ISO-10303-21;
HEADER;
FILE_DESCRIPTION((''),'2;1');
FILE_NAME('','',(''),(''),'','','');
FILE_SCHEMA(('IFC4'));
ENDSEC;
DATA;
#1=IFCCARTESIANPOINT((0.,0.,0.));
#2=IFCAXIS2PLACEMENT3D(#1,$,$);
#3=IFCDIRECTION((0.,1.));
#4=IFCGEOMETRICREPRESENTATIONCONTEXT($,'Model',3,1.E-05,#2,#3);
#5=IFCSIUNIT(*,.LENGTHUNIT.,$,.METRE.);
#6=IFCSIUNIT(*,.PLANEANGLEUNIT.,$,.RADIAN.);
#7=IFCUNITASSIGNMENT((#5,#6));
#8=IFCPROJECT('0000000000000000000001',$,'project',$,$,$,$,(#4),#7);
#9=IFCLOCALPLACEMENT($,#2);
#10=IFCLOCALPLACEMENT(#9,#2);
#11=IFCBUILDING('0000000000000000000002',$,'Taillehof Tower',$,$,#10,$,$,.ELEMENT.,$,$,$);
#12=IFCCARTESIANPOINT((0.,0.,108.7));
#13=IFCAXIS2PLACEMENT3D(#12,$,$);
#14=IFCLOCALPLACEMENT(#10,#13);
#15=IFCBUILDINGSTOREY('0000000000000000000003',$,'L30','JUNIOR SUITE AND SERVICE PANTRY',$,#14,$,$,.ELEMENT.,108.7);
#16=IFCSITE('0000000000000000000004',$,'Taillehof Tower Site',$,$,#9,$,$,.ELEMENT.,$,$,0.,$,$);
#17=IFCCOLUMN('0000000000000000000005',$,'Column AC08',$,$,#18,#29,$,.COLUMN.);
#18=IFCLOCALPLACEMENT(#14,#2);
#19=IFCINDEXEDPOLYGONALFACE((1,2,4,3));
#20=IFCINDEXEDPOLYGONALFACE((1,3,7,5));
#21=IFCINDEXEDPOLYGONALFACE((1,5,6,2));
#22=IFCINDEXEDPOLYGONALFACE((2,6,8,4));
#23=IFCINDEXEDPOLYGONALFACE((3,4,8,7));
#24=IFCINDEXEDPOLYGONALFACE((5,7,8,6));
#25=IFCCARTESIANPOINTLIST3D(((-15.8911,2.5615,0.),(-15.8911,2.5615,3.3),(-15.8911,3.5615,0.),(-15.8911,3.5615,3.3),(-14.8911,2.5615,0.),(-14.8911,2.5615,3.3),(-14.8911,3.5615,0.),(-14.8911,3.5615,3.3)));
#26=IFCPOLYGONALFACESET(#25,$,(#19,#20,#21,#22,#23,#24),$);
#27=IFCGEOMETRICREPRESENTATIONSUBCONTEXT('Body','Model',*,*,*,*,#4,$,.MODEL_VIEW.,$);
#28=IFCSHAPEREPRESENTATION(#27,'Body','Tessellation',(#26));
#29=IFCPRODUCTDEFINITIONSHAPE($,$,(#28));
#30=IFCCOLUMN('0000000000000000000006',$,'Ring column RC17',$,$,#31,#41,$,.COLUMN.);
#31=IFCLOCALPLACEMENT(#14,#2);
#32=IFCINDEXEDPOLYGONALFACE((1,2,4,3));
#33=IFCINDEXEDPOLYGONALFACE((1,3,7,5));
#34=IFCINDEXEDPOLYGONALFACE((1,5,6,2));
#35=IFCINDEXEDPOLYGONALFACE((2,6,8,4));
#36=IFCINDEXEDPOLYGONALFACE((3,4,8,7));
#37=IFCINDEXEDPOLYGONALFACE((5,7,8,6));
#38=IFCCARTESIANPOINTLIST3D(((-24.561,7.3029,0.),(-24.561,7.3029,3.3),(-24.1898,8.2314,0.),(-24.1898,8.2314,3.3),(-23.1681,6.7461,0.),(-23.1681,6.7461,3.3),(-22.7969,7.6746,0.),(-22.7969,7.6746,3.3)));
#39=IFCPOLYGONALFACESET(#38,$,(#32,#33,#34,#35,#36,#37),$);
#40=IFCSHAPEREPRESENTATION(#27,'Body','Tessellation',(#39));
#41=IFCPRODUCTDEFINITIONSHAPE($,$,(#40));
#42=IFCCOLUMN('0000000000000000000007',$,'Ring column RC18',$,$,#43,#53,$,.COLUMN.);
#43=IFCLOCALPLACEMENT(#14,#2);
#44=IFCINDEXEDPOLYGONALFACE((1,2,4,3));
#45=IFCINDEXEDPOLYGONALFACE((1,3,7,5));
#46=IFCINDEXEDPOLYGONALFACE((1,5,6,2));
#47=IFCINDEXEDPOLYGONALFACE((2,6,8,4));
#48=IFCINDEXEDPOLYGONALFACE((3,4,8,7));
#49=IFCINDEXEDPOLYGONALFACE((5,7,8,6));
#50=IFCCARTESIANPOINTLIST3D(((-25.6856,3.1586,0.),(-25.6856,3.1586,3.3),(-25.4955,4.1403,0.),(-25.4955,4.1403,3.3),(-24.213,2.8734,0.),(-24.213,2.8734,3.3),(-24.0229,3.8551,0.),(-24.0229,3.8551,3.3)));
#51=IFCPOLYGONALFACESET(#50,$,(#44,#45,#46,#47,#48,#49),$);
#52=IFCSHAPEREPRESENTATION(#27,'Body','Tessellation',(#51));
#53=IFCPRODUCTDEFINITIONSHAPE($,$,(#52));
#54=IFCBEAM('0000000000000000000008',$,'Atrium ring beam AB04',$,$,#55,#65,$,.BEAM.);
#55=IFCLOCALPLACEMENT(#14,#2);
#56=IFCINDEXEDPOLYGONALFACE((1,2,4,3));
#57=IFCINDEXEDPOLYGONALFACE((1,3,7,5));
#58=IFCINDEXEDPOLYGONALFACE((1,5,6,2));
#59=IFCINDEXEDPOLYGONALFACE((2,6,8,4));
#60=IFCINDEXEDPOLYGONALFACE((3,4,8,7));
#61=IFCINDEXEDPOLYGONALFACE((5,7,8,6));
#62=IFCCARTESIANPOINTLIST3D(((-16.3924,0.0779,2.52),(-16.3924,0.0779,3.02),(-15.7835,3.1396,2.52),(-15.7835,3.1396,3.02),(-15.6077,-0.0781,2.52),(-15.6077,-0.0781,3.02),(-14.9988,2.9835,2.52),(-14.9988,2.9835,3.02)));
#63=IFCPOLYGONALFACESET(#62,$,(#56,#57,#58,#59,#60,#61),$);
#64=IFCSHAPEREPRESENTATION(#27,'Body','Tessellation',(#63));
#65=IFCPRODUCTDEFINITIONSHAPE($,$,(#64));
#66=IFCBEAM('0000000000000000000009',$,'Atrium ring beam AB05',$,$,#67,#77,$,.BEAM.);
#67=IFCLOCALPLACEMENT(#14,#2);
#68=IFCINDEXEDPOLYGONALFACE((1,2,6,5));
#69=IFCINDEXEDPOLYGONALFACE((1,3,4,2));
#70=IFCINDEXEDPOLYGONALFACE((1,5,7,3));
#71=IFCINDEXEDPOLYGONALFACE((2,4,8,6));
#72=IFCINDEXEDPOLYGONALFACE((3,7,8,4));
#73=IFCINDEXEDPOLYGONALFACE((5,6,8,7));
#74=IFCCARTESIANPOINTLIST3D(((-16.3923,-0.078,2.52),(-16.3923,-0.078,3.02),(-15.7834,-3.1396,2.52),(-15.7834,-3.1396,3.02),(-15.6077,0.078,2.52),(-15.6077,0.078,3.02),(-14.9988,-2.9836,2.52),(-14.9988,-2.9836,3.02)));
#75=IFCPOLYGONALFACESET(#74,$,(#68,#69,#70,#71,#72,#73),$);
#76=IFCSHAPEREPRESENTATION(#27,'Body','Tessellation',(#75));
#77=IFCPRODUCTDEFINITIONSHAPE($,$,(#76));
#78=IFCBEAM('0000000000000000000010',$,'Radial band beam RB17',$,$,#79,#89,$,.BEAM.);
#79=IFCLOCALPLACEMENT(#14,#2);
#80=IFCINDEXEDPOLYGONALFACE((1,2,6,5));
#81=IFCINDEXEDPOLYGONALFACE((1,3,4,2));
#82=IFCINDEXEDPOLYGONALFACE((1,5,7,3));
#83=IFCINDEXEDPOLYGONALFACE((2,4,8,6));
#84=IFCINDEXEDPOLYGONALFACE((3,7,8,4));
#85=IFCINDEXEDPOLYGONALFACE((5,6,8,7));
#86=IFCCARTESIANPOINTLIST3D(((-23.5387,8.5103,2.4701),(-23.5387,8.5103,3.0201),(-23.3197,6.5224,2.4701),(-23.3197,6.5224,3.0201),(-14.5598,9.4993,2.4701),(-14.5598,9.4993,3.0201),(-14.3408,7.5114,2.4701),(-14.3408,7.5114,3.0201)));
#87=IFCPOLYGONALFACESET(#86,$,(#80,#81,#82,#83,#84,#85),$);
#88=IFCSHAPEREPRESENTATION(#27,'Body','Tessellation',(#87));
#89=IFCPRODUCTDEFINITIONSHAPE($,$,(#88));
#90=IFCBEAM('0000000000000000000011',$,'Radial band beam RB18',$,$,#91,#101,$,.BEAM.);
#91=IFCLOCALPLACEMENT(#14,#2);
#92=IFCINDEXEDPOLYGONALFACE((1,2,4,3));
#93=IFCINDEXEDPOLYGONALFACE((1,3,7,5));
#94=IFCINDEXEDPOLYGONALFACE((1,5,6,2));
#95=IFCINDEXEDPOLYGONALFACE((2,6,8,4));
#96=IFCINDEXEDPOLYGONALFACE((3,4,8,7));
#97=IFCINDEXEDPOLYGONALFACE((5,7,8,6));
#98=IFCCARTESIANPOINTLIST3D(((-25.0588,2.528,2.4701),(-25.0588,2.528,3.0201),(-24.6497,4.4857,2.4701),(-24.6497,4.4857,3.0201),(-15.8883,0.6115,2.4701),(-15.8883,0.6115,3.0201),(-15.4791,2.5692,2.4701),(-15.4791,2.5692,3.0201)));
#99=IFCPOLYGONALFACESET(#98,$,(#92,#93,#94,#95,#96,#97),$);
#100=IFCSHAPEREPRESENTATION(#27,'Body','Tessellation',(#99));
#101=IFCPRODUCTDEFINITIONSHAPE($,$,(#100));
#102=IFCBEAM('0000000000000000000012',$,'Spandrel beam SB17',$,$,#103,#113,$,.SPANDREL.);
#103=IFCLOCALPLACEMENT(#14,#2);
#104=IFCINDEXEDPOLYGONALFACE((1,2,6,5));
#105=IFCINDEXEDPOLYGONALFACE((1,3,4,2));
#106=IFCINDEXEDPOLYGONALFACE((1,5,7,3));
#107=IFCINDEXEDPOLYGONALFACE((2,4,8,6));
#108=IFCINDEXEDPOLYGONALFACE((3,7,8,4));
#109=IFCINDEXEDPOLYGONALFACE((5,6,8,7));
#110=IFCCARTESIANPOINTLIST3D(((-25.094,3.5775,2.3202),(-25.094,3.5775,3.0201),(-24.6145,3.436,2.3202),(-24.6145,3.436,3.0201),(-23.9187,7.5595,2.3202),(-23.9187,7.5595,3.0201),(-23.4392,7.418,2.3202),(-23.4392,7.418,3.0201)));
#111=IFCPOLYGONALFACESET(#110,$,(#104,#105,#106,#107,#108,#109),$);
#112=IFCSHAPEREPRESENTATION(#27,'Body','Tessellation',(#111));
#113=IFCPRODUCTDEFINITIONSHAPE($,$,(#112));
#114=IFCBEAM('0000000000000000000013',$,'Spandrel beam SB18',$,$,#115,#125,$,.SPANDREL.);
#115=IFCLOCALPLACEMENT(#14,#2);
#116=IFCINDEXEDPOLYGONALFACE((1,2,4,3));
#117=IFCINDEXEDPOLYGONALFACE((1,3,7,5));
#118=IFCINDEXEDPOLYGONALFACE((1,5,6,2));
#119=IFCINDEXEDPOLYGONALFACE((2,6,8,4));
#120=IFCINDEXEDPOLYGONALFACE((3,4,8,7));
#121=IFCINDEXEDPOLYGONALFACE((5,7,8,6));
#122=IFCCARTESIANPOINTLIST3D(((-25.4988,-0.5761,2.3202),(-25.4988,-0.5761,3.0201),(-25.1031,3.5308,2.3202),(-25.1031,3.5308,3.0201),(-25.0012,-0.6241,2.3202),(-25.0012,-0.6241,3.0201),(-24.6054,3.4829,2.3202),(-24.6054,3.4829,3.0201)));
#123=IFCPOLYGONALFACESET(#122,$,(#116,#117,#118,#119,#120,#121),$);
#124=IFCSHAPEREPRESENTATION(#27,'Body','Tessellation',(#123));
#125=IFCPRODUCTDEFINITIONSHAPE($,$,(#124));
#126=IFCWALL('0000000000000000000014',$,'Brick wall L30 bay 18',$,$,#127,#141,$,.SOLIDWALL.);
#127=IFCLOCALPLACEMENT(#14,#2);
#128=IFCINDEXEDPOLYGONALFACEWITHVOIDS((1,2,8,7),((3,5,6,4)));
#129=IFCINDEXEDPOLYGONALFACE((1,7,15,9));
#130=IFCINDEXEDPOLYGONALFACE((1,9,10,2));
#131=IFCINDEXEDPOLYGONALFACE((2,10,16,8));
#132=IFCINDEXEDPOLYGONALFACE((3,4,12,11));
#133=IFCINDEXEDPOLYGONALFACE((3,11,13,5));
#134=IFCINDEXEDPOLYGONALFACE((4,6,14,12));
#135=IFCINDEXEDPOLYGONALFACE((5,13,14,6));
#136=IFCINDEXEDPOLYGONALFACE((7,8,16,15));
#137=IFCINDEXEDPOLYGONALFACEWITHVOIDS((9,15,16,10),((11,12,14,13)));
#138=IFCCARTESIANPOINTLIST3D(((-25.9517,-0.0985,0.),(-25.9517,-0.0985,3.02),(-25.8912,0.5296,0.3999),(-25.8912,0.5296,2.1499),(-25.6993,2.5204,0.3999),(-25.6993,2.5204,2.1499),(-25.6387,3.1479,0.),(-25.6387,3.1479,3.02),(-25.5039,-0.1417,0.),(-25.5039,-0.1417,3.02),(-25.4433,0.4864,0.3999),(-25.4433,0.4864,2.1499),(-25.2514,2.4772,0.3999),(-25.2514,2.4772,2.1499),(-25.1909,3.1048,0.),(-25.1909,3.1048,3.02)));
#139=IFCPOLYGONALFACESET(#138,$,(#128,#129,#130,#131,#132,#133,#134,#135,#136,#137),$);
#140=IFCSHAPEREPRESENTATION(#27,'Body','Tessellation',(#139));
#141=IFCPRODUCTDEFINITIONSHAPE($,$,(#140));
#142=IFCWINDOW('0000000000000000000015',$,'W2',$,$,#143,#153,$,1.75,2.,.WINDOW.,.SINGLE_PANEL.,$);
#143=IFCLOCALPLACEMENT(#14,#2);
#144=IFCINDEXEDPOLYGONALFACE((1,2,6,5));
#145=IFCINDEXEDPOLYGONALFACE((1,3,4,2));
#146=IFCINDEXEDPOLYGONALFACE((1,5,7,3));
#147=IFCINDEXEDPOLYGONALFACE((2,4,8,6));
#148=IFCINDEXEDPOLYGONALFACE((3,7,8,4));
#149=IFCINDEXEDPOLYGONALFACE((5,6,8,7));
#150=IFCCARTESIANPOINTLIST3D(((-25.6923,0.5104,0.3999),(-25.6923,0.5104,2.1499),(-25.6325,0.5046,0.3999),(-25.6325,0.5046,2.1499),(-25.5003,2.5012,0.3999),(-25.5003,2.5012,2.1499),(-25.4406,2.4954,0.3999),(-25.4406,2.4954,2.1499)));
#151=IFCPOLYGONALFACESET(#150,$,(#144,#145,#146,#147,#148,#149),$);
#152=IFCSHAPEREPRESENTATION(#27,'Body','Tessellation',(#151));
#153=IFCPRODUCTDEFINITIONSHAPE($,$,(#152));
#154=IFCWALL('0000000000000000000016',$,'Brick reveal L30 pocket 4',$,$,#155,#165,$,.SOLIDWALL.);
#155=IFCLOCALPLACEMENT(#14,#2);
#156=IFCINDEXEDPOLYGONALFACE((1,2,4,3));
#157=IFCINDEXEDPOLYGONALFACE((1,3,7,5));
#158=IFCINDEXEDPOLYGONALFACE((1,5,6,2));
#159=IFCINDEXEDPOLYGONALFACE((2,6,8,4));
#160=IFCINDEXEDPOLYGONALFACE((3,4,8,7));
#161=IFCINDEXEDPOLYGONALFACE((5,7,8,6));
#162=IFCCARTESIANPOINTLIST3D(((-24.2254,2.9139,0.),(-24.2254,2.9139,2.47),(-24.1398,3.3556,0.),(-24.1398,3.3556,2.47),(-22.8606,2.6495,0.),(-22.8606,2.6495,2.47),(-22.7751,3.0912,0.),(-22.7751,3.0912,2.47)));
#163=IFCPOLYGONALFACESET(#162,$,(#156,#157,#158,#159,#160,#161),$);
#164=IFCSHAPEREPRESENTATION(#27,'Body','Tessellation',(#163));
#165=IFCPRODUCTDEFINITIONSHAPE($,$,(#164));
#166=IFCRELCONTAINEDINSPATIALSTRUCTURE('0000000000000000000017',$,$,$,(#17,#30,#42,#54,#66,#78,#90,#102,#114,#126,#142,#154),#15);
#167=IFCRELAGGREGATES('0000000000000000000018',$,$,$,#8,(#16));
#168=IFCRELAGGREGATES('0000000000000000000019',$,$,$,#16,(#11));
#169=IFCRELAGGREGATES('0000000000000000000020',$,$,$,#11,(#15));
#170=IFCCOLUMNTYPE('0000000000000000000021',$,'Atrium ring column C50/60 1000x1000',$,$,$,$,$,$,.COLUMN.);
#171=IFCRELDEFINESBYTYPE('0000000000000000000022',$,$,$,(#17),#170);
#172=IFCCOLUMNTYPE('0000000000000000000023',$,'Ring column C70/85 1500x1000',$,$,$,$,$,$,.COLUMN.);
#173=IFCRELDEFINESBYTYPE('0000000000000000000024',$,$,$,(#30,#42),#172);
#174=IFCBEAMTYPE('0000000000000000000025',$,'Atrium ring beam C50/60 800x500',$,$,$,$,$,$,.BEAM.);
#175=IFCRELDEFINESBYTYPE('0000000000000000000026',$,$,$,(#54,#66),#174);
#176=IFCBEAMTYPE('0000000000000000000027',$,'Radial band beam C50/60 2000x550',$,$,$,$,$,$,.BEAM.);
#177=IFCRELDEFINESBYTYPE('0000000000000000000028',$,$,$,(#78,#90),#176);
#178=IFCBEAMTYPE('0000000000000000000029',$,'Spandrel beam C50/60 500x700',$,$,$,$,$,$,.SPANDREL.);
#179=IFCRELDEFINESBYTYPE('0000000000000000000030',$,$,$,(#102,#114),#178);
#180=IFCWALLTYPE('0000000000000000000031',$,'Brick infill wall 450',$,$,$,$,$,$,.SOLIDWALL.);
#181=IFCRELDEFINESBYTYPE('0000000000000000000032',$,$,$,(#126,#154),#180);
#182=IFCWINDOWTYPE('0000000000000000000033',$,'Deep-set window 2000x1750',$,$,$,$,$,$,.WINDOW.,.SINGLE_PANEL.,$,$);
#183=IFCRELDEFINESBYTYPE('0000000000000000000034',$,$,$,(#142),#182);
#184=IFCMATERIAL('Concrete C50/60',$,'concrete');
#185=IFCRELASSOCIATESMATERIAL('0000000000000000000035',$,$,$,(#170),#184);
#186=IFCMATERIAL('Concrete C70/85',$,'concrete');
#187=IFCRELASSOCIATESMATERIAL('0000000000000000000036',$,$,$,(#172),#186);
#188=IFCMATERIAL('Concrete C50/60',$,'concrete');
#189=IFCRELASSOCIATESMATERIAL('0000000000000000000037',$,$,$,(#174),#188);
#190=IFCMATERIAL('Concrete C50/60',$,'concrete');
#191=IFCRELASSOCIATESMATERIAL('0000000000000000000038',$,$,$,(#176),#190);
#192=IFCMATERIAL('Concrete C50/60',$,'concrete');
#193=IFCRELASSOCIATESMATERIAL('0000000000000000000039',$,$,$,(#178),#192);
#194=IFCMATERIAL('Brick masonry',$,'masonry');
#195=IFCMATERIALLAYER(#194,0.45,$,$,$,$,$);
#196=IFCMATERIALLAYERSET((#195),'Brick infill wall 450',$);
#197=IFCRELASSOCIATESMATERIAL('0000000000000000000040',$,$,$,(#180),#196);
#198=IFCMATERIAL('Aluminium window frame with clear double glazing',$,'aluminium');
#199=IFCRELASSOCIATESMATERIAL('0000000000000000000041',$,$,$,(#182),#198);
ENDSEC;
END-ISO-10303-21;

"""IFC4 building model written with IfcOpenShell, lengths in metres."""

from ifc_helpers import new_model, si_unit, direction, frame, frame_2d, origin, origin_2d, place, context, subcontext, project, spatial, rectangle, extrude, material, layer, layer_set, material_profile, profile_set, type_object, element, fill, save


model = new_model("IFC4")

# Units and contexts
model_context = context("Model", 3, precision=1e-05, world=origin(), true_north=direction((0.0, 1.0)))
body_context = subcontext(model_context, "Body", "Model", "MODEL_VIEW")
ifc_project = project(units=[si_unit("LENGTHUNIT", "METRE"), si_unit("PLANEANGLEUNIT", "RADIAN")], contexts=[model_context])

# Site, building, storey
site_placement = place(None, origin())
site = spatial("IfcSite", under=ifc_project, at=site_placement, Name="Taillehof Tower Site", CompositionType="ELEMENT", RefElevation=0.0)
building_placement = place(site_placement, origin())
building = spatial("IfcBuilding", under=site, at=building_placement, Name="Taillehof Tower", CompositionType="ELEMENT")
storey_placement = place(building_placement, frame((0.0, 0.0, 108.7)))
storey = spatial("IfcBuildingStorey", under=building, at=storey_placement, Name="L30", Description="JUNIOR SUITE AND SERVICE PANTRY", CompositionType="ELEMENT", Elevation=108.7)

# Columns
ifc_material_1 = material(Name="Concrete C50/60", Category="concrete")
ifc_material_profile_1 = material_profile(ifc_material_1, rectangle(XDim=1.0, YDim=1.0, at=origin_2d()), Name="RC 1000x1000")
ifc_profile_set_1 = profile_set([ifc_material_profile_1], Name="Concrete C50/60")
column_type_1 = type_object("IfcColumnType", Name="Atrium ring column C50/60 1000x1000", PredefinedType="COLUMN", material=ifc_profile_set_1)
column_placement = place(storey_placement, frame((-15.3911, 3.0615, 0.0), z_axis=(0.0, 0.0, 1.0), x_axis=(1.0, 0.0, 0.0)))
element("IfcColumn", 1, at=column_placement, inside=storey, type_object=column_type_1, Name="Column AC08", PredefinedType="COLUMN", context=body_context, shape_type="SweptSolid", body=[
    extrude(rectangle(XDim=1.0, YDim=1.0, at=origin_2d()), origin(), (0.0, 0.0, 1.0), 3.3),
])
ifc_material_2 = material(Name="Concrete C70/85", Category="concrete")
ifc_material_profile_2 = material_profile(ifc_material_2, rectangle(XDim=1.5, YDim=1.0, at=origin_2d()), Name="RC 1500x1000")
ifc_profile_set_2 = profile_set([ifc_material_profile_2], Name="Concrete C70/85")
column_type_2 = type_object("IfcColumnType", Name="Ring column C70/85 1500x1000", PredefinedType="COLUMN", material=ifc_profile_set_2)
for number, where, z_axis, x_axis, name in (
    (2, (-23.679, 7.4888, 0.0), (0.0, 0.0, 1.0), (-0.92855, 0.371207, 0.0), "Ring column RC17"),
    (3, (-24.8542, 3.5068, 0.0), (0.0, 0.0, 1.0), (-0.981757, 0.190138, 0.0), "Ring column RC18"),
):
    element("IfcColumn", number, at=place(storey_placement, frame(where, z_axis=z_axis, x_axis=x_axis)), inside=storey, type_object=column_type_2, Name=name, PredefinedType="COLUMN", context=body_context, shape_type="SweptSolid", body=[
        extrude(rectangle(XDim=1.5, YDim=1.0, at=origin_2d()), origin(), (0.0, 0.0, 1.0), 3.3),
    ])

# Beams
ifc_material_3 = material(Name="Concrete C50/60", Category="concrete")
ifc_material_profile_3 = material_profile(ifc_material_3, rectangle(XDim=0.8, YDim=0.5, at=origin_2d()), Name="RC 800x500")
ifc_profile_set_3 = profile_set([ifc_material_profile_3], Name="Concrete C50/60")
beam_type_1 = type_object("IfcBeamType", Name="Atrium ring beam C50/60 800x500", PredefinedType="BEAM", material=ifc_profile_set_3)
for number, where, z_axis, x_axis, name in (
    (4, (-15.3911, 3.0615, 2.77), (-0.195063, -0.980791, 0.0), (0.980791, -0.195063, 0.0), "Atrium ring beam AB04"),
    (5, (-16.0, 0.0, 2.77), (0.195063, -0.980791, 0.0), (0.980791, 0.195063, 0.0), "Atrium ring beam AB05"),
):
    element("IfcBeam", number, at=place(storey_placement, frame(where, z_axis=z_axis, x_axis=x_axis)), inside=storey, type_object=beam_type_1, Name=name, PredefinedType="BEAM", context=body_context, shape_type="SweptSolid", body=[
        extrude(rectangle(XDim=0.8, YDim=0.5, at=origin_2d()), origin(), (0.0, 0.0, 1.0), 3.1216),
    ])
ifc_material_4 = material(Name="Concrete C50/60", Category="concrete")
ifc_material_profile_4 = material_profile(ifc_material_4, rectangle(XDim=2.0, YDim=0.55, at=origin_2d()), Name="RC 2000x550")
ifc_profile_set_4 = profile_set([ifc_material_profile_4], Name="Concrete C50/60")
beam_type_2 = type_object("IfcBeamType", Name="Radial band beam C50/60 2000x550", PredefinedType="BEAM", material=ifc_profile_set_4)
beam_1_placement = place(storey_placement, frame((-23.4292, 7.5164, 2.7451), z_axis=(0.993988, 0.109485, 0.0), x_axis=(-0.109485, 0.993988, 0.0)))
element("IfcBeam", 6, at=beam_1_placement, inside=storey, type_object=beam_type_2, Name="Radial band beam RB17", PredefinedType="BEAM", context=body_context, shape_type="SweptSolid", body=[
    extrude(rectangle(XDim=2.0, YDim=0.55, at=origin_2d()), origin(), (0.0, 0.0, 1.0), 9.0332),
])
beam_2_placement = place(storey_placement, frame((-24.8542, 3.5068, 2.7451), z_axis=(0.978853, -0.204563, 0.0), x_axis=(0.204563, 0.978853, 0.0)))
element("IfcBeam", 7, at=beam_2_placement, inside=storey, type_object=beam_type_2, Name="Radial band beam RB18", PredefinedType="BEAM", context=body_context, shape_type="SweptSolid", body=[
    extrude(rectangle(XDim=2.0, YDim=0.55, at=origin_2d()), origin(), (0.0, 0.0, 1.0), 9.3687),
])
ifc_material_5 = material(Name="Concrete C50/60", Category="concrete")
ifc_material_profile_5 = material_profile(ifc_material_5, rectangle(XDim=0.5, YDim=0.7, at=origin_2d()), Name="RC 500x700")
ifc_profile_set_5 = profile_set([ifc_material_profile_5], Name="Concrete C50/60")
beam_type_3 = type_object("IfcBeamType", Name="Spandrel beam C50/60 500x700", PredefinedType="SPANDREL", material=ifc_profile_set_5)
beam_3_placement = place(storey_placement, frame((-23.679, 7.4888, 2.6702), z_axis=(-0.283083, -0.959095, 0.0), x_axis=(0.959095, -0.283083, 0.0)))
element("IfcBeam", 8, at=beam_3_placement, inside=storey, type_object=beam_type_3, Name="Spandrel beam SB17", PredefinedType="SPANDREL", context=body_context, shape_type="SweptSolid", body=[
    extrude(rectangle(XDim=0.5, YDim=0.7, at=origin_2d()), origin(), (0.0, 0.0, 1.0), 4.1519),
])
beam_4_placement = place(storey_placement, frame((-24.8542, 3.5068, 2.6702), z_axis=(-0.095918, -0.995389, 0.0), x_axis=(0.995389, -0.095918, 0.0)))
element("IfcBeam", 9, at=beam_4_placement, inside=storey, type_object=beam_type_3, Name="Spandrel beam SB18", PredefinedType="SPANDREL", context=body_context, shape_type="SweptSolid", body=[
    extrude(rectangle(XDim=0.5, YDim=0.7, at=origin_2d()), origin(), (0.0, 0.0, 1.0), 4.126),
])

# Wall, opening, window
ifc_material_6 = material(Name="Brick masonry", Category="masonry")
ifc_layer_1 = layer(ifc_material_6, 0.45)
ifc_layer_set_1 = layer_set([ifc_layer_1], Name="Brick infill wall 450")
wall_type_1 = type_object("IfcWallType", Name="Brick infill wall 450", PredefinedType="SOLIDWALL", material=ifc_layer_set_1)
wall_1_placement = place(storey_placement, frame((-25.4148, 3.1265, 0.0), z_axis=(0.0, 0.0, 1.0), x_axis=(-0.095968, -0.995384, 0.0)))
wall_1 = element("IfcWall", 10, at=wall_1_placement, inside=storey, type_object=wall_type_1, Name="Brick wall L30 bay 18", PredefinedType="SOLIDWALL", context=body_context, shape_type="SweptSolid", body=[
    extrude(rectangle(XDim=3.2615, YDim=0.45, at=frame_2d((1.6309, 0.0))), origin(), (0.0, 0.0, 1.0), 3.02),
])
opening_1_placement = place(wall_1_placement, frame((0.6306, 0.0, 0.3999)))
opening_1 = element("IfcOpeningElement", 11, at=opening_1_placement, cuts=wall_1, PredefinedType="OPENING", context=body_context, shape_type="SweptSolid", body=[
    extrude(rectangle(XDim=2.0, YDim=1.75, at=frame_2d((1.0, 0.875))), frame((0.0, 0.2349, 0.0), z_axis=(0.0, -1.0, 0.0), x_axis=(1.0, 0.0, 0.0)), (0.0, 0.0, 1.0), 0.47),
])
ifc_material_7 = material(Name="Aluminium window frame with clear double glazing", Category="aluminium")
window_type_1 = type_object("IfcWindowType", Name="Deep-set window 2000x1750", PartitioningType="SINGLE_PANEL", PredefinedType="WINDOW", material=ifc_material_7)
window_1_placement = place(opening_1_placement, origin())
window_1 = element("IfcWindow", 12, at=window_1_placement, inside=storey, type_object=window_type_1, Name="W2", OverallHeight=1.75, OverallWidth=2.0, PartitioningType="SINGLE_PANEL", PredefinedType="WINDOW", context=body_context, shape_type="SweptSolid", body=[
    extrude(rectangle(XDim=2.0, YDim=1.75, at=frame_2d((1.0, 0.875))), frame((0.0, 0.0349, 0.0), z_axis=(0.0, -1.0, 0.0), x_axis=(1.0, 0.0, 0.0)), (0.0, 0.0, 1.0), 0.0601),
])
fill(opening_1, window_1)

# Wall
wall_2_placement = place(storey_placement, frame((-24.1826, 3.1348, 0.0), z_axis=(0.0, 0.0, 1.0), x_axis=(0.981745, -0.190202, 0.0)))
element("IfcWall", 13, at=wall_2_placement, inside=storey, type_object=wall_type_1, Name="Brick reveal L30 pocket 4", PredefinedType="SOLIDWALL", context=body_context, shape_type="SweptSolid", body=[
    extrude(rectangle(XDim=1.3901, YDim=0.45, at=frame_2d((0.6951, 0.0))), origin(), (0.0, 0.0, 1.0), 2.47),
])

save(model, "model.ifc")
